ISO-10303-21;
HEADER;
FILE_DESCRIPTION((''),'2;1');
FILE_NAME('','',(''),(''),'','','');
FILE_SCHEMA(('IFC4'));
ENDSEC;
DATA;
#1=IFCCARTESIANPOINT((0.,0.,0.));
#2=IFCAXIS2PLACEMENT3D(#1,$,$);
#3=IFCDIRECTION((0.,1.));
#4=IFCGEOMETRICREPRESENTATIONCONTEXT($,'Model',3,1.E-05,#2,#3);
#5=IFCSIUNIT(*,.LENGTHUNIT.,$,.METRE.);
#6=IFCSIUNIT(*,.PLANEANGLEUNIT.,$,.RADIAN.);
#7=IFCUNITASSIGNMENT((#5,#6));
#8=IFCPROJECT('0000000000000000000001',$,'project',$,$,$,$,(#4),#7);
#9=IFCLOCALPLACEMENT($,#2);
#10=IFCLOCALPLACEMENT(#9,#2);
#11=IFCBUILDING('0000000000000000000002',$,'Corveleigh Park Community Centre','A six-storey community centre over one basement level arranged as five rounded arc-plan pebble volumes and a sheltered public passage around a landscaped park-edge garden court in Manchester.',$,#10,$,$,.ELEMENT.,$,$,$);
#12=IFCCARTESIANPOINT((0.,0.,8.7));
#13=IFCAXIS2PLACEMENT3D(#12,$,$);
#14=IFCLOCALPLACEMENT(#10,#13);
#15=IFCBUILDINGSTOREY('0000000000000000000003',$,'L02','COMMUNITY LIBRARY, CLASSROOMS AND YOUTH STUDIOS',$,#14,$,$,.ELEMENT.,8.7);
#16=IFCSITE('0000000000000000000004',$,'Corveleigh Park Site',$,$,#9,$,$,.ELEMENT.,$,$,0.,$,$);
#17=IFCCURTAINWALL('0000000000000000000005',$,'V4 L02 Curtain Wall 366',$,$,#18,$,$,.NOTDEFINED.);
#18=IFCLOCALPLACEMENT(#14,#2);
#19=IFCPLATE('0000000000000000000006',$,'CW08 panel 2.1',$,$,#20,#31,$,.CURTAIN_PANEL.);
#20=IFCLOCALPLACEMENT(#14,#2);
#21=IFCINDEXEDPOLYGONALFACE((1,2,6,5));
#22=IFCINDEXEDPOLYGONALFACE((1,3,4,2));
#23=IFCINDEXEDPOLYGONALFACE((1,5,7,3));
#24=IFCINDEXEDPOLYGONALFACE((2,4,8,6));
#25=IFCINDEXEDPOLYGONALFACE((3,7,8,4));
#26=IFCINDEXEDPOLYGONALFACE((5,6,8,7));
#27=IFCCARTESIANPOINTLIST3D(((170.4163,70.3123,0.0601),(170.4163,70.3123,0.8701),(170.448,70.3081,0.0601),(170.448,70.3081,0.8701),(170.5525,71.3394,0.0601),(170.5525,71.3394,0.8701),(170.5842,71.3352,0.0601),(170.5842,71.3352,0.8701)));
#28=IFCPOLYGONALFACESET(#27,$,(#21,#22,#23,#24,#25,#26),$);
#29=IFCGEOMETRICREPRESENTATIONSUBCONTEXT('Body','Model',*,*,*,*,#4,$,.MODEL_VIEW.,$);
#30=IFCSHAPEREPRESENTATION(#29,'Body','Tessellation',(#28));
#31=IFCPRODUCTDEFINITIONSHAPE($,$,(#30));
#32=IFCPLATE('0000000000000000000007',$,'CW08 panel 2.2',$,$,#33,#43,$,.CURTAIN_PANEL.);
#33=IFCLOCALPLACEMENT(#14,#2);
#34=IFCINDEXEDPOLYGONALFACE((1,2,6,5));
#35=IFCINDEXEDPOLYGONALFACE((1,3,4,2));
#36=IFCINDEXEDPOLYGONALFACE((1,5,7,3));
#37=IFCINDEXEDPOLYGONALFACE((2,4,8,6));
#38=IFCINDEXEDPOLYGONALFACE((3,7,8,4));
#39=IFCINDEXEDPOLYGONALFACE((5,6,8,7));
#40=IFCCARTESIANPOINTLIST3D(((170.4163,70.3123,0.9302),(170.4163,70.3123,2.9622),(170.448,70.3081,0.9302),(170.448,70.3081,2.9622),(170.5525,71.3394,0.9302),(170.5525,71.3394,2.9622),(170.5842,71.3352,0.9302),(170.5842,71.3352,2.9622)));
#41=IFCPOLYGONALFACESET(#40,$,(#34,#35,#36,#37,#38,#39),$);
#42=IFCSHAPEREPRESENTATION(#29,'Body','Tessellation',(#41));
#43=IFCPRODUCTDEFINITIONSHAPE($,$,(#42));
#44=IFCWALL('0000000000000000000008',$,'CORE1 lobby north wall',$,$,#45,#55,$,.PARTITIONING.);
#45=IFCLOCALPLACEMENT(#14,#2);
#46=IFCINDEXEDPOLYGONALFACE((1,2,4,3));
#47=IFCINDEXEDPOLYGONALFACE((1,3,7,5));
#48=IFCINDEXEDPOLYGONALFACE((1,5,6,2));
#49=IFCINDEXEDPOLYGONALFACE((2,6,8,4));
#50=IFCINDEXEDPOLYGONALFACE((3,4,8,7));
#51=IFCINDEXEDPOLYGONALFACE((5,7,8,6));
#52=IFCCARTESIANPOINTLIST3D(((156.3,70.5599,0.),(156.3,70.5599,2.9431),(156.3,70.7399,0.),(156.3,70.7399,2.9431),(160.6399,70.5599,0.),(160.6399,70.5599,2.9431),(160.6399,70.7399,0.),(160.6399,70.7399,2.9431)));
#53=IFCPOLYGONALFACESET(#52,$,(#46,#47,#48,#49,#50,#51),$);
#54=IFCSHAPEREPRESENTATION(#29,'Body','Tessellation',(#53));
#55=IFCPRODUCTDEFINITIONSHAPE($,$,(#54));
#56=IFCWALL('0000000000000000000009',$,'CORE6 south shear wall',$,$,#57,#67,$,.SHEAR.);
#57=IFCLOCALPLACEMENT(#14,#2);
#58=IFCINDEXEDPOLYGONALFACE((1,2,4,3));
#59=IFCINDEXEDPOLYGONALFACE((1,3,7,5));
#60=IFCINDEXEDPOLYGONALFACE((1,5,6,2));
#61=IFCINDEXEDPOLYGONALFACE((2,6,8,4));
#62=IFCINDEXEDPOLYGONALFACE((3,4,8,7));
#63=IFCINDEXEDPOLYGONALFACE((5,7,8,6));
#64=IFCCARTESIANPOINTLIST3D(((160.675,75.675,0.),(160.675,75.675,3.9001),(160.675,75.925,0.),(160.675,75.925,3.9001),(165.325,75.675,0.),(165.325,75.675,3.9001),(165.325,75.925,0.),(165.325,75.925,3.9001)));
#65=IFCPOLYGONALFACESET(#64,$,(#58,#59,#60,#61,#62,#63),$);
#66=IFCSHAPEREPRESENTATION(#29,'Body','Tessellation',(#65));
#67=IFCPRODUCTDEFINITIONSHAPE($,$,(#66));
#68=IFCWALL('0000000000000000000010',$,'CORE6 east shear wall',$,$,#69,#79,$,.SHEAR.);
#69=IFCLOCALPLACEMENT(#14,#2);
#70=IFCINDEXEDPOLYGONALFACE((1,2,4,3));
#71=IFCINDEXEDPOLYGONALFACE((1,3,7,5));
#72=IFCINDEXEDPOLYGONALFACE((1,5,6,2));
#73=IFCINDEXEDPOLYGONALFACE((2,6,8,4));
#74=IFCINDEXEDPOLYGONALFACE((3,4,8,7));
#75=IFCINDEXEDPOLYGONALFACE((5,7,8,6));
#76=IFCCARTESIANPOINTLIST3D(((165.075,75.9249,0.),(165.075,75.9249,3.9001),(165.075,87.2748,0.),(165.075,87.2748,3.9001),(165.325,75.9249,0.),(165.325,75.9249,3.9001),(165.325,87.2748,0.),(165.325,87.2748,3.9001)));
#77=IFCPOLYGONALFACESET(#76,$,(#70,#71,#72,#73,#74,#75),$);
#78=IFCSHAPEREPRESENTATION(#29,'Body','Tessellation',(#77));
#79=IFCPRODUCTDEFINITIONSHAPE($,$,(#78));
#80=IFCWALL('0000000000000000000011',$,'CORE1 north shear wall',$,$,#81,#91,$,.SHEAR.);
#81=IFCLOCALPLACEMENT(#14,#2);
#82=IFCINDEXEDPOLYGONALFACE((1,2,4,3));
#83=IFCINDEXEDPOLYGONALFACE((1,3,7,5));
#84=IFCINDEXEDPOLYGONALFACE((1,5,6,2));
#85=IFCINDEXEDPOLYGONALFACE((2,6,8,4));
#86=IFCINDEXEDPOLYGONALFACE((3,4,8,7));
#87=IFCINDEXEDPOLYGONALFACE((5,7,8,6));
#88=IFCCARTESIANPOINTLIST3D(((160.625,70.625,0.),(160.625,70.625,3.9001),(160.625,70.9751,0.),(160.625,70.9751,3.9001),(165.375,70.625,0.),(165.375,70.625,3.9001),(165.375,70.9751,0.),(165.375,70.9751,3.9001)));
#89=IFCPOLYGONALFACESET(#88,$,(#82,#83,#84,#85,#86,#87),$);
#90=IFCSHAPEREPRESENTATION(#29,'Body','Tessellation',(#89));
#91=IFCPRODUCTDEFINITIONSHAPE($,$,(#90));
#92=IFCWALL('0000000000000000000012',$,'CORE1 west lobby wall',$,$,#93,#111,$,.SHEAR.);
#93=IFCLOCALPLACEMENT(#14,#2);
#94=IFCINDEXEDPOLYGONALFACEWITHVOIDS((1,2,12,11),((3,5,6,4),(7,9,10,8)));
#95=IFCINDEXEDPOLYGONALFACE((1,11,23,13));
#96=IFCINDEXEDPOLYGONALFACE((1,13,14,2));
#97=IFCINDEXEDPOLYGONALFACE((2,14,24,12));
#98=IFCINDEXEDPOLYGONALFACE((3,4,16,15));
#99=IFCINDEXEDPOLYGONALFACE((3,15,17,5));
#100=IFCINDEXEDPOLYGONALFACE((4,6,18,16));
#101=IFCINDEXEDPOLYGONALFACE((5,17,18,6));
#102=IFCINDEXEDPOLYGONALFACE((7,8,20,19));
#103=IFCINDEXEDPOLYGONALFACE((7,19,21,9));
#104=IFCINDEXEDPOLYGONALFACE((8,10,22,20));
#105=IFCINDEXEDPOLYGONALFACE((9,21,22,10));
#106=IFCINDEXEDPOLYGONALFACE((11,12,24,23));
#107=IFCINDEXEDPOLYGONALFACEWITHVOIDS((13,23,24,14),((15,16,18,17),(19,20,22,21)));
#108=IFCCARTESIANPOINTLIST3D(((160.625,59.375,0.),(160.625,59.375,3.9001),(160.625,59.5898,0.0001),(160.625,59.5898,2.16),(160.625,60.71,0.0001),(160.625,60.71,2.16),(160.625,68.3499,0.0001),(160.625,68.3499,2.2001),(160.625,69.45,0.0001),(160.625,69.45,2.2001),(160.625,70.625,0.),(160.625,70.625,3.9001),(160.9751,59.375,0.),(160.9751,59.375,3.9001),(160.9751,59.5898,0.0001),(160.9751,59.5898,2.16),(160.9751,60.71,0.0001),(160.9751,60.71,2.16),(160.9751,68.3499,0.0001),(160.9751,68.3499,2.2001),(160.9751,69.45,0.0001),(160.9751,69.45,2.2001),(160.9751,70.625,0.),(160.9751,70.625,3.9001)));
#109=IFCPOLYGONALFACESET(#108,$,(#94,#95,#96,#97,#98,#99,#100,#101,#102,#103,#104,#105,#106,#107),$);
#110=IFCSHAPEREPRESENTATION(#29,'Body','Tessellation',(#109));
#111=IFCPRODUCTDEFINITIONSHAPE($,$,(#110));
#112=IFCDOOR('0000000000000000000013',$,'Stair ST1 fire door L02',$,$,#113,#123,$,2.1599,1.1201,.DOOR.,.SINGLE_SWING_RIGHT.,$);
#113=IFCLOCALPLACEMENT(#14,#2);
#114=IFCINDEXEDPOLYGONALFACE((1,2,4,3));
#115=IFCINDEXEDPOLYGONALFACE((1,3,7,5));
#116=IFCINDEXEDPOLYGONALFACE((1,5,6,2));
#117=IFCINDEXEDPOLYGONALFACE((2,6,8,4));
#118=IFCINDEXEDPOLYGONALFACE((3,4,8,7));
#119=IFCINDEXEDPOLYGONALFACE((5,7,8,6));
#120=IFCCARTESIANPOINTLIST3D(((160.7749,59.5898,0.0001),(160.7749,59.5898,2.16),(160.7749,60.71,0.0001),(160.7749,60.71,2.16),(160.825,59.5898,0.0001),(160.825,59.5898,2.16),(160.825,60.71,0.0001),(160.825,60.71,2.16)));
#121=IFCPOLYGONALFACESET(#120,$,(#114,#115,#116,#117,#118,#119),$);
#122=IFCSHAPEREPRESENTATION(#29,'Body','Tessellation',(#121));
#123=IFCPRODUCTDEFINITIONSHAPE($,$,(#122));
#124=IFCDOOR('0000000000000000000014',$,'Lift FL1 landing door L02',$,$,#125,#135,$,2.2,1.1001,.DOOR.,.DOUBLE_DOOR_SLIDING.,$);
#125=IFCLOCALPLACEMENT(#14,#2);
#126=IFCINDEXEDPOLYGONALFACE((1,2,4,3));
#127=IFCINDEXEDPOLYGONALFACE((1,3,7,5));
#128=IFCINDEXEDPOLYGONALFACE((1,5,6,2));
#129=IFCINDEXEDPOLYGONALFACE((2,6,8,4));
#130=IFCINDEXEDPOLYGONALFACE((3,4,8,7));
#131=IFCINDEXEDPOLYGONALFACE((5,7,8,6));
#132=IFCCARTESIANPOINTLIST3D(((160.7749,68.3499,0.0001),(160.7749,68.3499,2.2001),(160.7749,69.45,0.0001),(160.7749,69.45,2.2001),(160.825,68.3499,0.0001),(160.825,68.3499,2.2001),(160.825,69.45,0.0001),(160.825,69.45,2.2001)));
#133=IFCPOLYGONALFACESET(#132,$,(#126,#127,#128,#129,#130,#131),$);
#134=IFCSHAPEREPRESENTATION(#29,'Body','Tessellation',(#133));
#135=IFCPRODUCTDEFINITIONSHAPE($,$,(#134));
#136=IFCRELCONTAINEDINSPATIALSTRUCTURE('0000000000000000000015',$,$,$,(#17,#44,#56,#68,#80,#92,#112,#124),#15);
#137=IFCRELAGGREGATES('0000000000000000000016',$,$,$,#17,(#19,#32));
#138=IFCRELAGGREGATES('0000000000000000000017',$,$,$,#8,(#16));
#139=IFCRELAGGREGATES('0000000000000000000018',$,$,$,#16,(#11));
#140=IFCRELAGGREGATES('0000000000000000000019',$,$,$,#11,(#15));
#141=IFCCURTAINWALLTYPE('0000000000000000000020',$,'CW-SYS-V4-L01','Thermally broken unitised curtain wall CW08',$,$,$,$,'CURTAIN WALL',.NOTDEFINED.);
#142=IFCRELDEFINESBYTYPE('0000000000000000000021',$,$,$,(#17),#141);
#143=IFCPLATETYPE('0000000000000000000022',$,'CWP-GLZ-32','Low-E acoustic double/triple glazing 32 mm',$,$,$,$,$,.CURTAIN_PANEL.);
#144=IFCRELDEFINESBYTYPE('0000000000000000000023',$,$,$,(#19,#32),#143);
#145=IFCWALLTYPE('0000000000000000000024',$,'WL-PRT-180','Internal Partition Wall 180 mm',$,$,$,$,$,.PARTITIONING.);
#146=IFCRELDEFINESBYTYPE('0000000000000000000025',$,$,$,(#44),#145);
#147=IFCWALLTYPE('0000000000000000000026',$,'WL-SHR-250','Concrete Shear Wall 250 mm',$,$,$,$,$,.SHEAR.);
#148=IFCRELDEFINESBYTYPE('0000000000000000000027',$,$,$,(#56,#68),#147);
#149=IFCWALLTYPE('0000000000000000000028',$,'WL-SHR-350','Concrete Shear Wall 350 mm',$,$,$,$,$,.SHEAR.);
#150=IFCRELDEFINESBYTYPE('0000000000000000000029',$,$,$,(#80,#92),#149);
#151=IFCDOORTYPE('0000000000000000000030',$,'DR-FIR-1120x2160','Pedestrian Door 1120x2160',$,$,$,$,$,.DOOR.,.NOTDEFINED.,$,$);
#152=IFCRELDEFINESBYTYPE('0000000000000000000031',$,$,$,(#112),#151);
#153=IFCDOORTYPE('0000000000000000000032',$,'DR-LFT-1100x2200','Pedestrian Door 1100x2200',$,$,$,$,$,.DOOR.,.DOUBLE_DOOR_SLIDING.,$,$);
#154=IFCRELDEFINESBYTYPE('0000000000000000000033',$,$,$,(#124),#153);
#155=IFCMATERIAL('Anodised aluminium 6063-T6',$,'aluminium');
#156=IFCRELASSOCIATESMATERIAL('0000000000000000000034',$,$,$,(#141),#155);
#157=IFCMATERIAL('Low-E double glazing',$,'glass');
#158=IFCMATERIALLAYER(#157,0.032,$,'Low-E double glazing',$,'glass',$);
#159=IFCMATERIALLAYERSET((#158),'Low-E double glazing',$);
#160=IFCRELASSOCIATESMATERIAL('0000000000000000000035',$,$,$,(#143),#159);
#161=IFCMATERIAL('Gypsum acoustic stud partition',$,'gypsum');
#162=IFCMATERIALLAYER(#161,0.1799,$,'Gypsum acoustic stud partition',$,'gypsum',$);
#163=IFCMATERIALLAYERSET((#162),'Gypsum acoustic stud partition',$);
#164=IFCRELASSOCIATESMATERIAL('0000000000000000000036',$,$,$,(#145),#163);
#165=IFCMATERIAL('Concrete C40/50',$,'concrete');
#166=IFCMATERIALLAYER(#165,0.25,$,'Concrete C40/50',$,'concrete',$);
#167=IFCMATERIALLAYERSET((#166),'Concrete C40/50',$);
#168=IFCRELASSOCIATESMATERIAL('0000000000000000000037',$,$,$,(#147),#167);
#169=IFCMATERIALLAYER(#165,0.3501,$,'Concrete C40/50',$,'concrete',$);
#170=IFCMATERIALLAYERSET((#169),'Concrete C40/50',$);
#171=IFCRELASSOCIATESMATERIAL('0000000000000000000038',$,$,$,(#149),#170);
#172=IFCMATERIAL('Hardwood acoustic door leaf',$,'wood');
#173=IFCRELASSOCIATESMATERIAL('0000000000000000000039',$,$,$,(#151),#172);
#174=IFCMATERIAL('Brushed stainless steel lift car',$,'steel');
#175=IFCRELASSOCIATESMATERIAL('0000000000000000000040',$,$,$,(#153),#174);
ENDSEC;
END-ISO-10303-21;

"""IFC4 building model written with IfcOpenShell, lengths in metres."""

from ifc_helpers import new_model, si_unit, direction, frame, frame_2d, origin, origin_2d, place, context, subcontext, project, spatial, rectangle, extrude, material, layer, layer_set, type_object, element, fill, aggregate, save


model = new_model("IFC4")

# Units and contexts
model_context = context("Model", 3, precision=1e-05, world=origin(), true_north=direction((0.0, 1.0)))
body_context = subcontext(model_context, "Body", "Model", "MODEL_VIEW")
ifc_project = project(units=[si_unit("LENGTHUNIT", "METRE"), si_unit("PLANEANGLEUNIT", "RADIAN")], contexts=[model_context])

# Site, building, storey
site_placement = place(None, origin())
site = spatial("IfcSite", under=ifc_project, at=site_placement, Name="Corveleigh Park Site", CompositionType="ELEMENT", RefElevation=0.0)
building_placement = place(site_placement, origin())
building = spatial("IfcBuilding", under=site, at=building_placement, Name="Corveleigh Park Community Centre", Description="A six-storey community centre over one basement level arranged as five rounded arc-plan pebble volumes and a sheltered public passage around a landscaped park-edge garden court in Manchester.", CompositionType="ELEMENT")
storey_placement = place(building_placement, frame((0.0, 0.0, 8.7)))
storey = spatial("IfcBuildingStorey", under=building, at=storey_placement, Name="L02", Description="COMMUNITY LIBRARY, CLASSROOMS AND YOUTH STUDIOS", CompositionType="ELEMENT", Elevation=8.7)

# Shared definitions
ifc_material_1 = material(Name="Concrete C40/50", Category="concrete")

# Shared definitions
ifc_material_2 = material(Name="Anodised aluminium 6063-T6", Category="aluminium")
curtain_wall_type = type_object("IfcCurtainWallType", Name="CW-SYS-V4-L01", Description="Thermally broken unitised curtain wall CW08", ElementType="CURTAIN WALL", PredefinedType="NOTDEFINED", material=ifc_material_2)

# Curtain wall
curtain_wall_1_placement = place(storey_placement, origin())
curtain_wall_1 = element("IfcCurtainWall", 1, at=curtain_wall_1_placement, inside=storey, type_object=curtain_wall_type, Name="V4 L02 Curtain Wall 366", PredefinedType="NOTDEFINED")

# Plates
ifc_material_3 = material(Name="Low-E double glazing", Category="glass")
ifc_layer_1 = layer(ifc_material_3, 0.032, Name="Low-E double glazing", Category="glass")
ifc_layer_set_1 = layer_set([ifc_layer_1], Name="Low-E double glazing")
plate_type = type_object("IfcPlateType", Name="CWP-GLZ-32", Description="Low-E acoustic double/triple glazing 32 mm", PredefinedType="CURTAIN_PANEL", material=ifc_layer_set_1)
plate_1_placement = place(storey_placement, frame((170.5002, 70.8237, 0.0601), z_axis=(0.0, 0.0, 1.0), x_axis=(-0.131488, -0.991318, 0.0)))
plate_1 = element("IfcPlate", 2, at=plate_1_placement, type_object=plate_type, Name="CW08 panel 2.1", PredefinedType="CURTAIN_PANEL", context=body_context, shape_type="SweptSolid", body=[
    extrude(rectangle(XDim=1.0361, YDim=0.032, at=origin_2d()), origin(), (0.0, 0.0, 1.0), 0.8101),
])
plate_2_placement = place(storey_placement, frame((170.5002, 70.8237, 0.9302), z_axis=(0.0, 0.0, 1.0), x_axis=(-0.131488, -0.991318, 0.0)))
plate_2 = element("IfcPlate", 3, at=plate_2_placement, type_object=plate_type, Name="CW08 panel 2.2", PredefinedType="CURTAIN_PANEL", context=body_context, shape_type="SweptSolid", body=[
    extrude(rectangle(XDim=1.0361, YDim=0.032, at=origin_2d()), origin(), (0.0, 0.0, 1.0), 2.032),
])
aggregate(curtain_wall_1, [plate_1, plate_2])

# Walls
ifc_material_4 = material(Name="Gypsum acoustic stud partition", Category="gypsum")
ifc_layer_2 = layer(ifc_material_4, 0.1799, Name="Gypsum acoustic stud partition", Category="gypsum")
ifc_layer_set_2 = layer_set([ifc_layer_2], Name="Gypsum acoustic stud partition")
wall_type_1 = type_object("IfcWallType", Name="WL-PRT-180", Description="Internal Partition Wall 180 mm", PredefinedType="PARTITIONING", material=ifc_layer_set_2)
wall_1_placement = place(storey_placement, frame((160.6399, 70.6499, 0.0), z_axis=(0.0, 0.0, 1.0), x_axis=(-1.0, 0.0, 0.0)))
element("IfcWall", 4, at=wall_1_placement, inside=storey, type_object=wall_type_1, Name="CORE1 lobby north wall", PredefinedType="PARTITIONING", context=body_context, shape_type="SweptSolid", body=[
    extrude(rectangle(XDim=4.3398, YDim=0.1799, at=frame_2d((2.1699, 0.0))), origin(), (0.0, 0.0, 1.0), 2.9431),
])
ifc_layer_3 = layer(ifc_material_1, 0.25, Name="Concrete C40/50", Category="concrete")
ifc_layer_set_3 = layer_set([ifc_layer_3], Name="Concrete C40/50")
wall_type_2 = type_object("IfcWallType", Name="WL-SHR-250", Description="Concrete Shear Wall 250 mm", PredefinedType="SHEAR", material=ifc_layer_set_3)
wall_2_placement = place(storey_placement, frame((160.675, 75.8, 0.0), z_axis=(0.0, 0.0, 1.0), x_axis=(1.0, 0.0, 0.0)))
element("IfcWall", 5, at=wall_2_placement, inside=storey, type_object=wall_type_2, Name="CORE6 south shear wall", PredefinedType="SHEAR", context=body_context, shape_type="SweptSolid", body=[
    extrude(rectangle(XDim=4.6499, YDim=0.25, at=frame_2d((2.325, 0.0))), origin(), (0.0, 0.0, 1.0), 3.9001),
])
wall_3_placement = place(storey_placement, frame((165.2, 75.925, 0.0), z_axis=(0.0, 0.0, 1.0), x_axis=(0.0, 1.0, 0.0)))
element("IfcWall", 6, at=wall_3_placement, inside=storey, type_object=wall_type_2, Name="CORE6 east shear wall", PredefinedType="SHEAR", context=body_context, shape_type="SweptSolid", body=[
    extrude(rectangle(XDim=11.3499, YDim=0.25, at=frame_2d((5.6748, 0.0))), origin(), (0.0, 0.0, 1.0), 3.9001),
])
ifc_layer_4 = layer(ifc_material_1, 0.3501, Name="Concrete C40/50", Category="concrete")
ifc_layer_set_4 = layer_set([ifc_layer_4], Name="Concrete C40/50")
wall_type_3 = type_object("IfcWallType", Name="WL-SHR-350", Description="Concrete Shear Wall 350 mm", PredefinedType="SHEAR", material=ifc_layer_set_4)
wall_4_placement = place(storey_placement, frame((165.375, 70.8, 0.0), z_axis=(0.0, 0.0, 1.0), x_axis=(-1.0, 0.0, 0.0)))
element("IfcWall", 7, at=wall_4_placement, inside=storey, type_object=wall_type_3, Name="CORE1 north shear wall", PredefinedType="SHEAR", context=body_context, shape_type="SweptSolid", body=[
    extrude(rectangle(XDim=4.75, YDim=0.3501, at=frame_2d((2.375, 0.0))), origin(), (0.0, 0.0, 1.0), 3.9001),
])

# Wall, openings, doors
wall_5_placement = place(storey_placement, frame((160.8, 70.625, 0.0), z_axis=(0.0, 0.0, 1.0), x_axis=(0.0, -1.0, 0.0)))
wall_5 = element("IfcWall", 8, at=wall_5_placement, inside=storey, type_object=wall_type_3, Name="CORE1 west lobby wall", PredefinedType="SHEAR", context=body_context, shape_type="SweptSolid", body=[
    extrude(rectangle(XDim=11.25, YDim=0.3501, at=frame_2d((5.625, 0.0))), origin(), (0.0, 0.0, 1.0), 3.9001),
])
opening_1_placement = place(wall_5_placement, frame((1.175, 0.0, 0.0)))
opening_1 = element("IfcOpeningElement", 9, at=opening_1_placement, cuts=wall_5, PredefinedType="OPENING", context=body_context, shape_type="SweptSolid", body=[
    extrude(rectangle(XDim=1.1001, YDim=2.2, at=frame_2d((0.55, 1.1001))), frame((0.0, 0.1851, 0.0), z_axis=(0.0, -1.0, 0.0), x_axis=(1.0, 0.0, 0.0)), (0.0, 0.0, 1.0), 0.3701),
])
opening_2_placement = place(wall_5_placement, frame((9.915, 0.0, 0.0)))
opening_2 = element("IfcOpeningElement", 10, at=opening_2_placement, cuts=wall_5, PredefinedType="OPENING", context=body_context, shape_type="SweptSolid", body=[
    extrude(rectangle(XDim=1.1201, YDim=2.1599, at=frame_2d((0.5601, 1.0801))), frame((0.0, 0.1851, 0.0), z_axis=(0.0, -1.0, 0.0), x_axis=(1.0, 0.0, 0.0)), (0.0, 0.0, 1.0), 0.3701),
])
ifc_material_5 = material(Name="Hardwood acoustic door leaf", Category="wood")
door_type_1 = type_object("IfcDoorType", Name="DR-FIR-1120x2160", Description="Pedestrian Door 1120x2160", OperationType="NOTDEFINED", PredefinedType="DOOR", material=ifc_material_5)
door_1_placement = place(opening_2_placement, origin())
door_1 = element("IfcDoor", 11, at=door_1_placement, inside=storey, type_object=door_type_1, Name="Stair ST1 fire door L02", OperationType="SINGLE_SWING_RIGHT", OverallHeight=2.1599, OverallWidth=1.1201, PredefinedType="DOOR", context=body_context, shape_type="SweptSolid", body=[
    extrude(rectangle(XDim=1.1201, YDim=2.1599, at=frame_2d((0.5601, 1.0801))), frame((0.0, 0.0249, 0.0), z_axis=(0.0, -1.0, 0.0), x_axis=(1.0, 0.0, 0.0)), (0.0, 0.0, 1.0), 0.05),
])
fill(opening_2, door_1)
ifc_material_6 = material(Name="Brushed stainless steel lift car", Category="steel")
door_type_2 = type_object("IfcDoorType", Name="DR-LFT-1100x2200", Description="Pedestrian Door 1100x2200", OperationType="DOUBLE_DOOR_SLIDING", PredefinedType="DOOR", material=ifc_material_6)
door_2_placement = place(opening_1_placement, origin())
door_2 = element("IfcDoor", 12, at=door_2_placement, inside=storey, type_object=door_type_2, Name="Lift FL1 landing door L02", OperationType="DOUBLE_DOOR_SLIDING", OverallHeight=2.2, OverallWidth=1.1001, PredefinedType="DOOR", context=body_context, shape_type="SweptSolid", body=[
    extrude(rectangle(XDim=1.1001, YDim=2.2, at=frame_2d((0.55, 1.1001))), frame((0.0, 0.0249, 0.0), z_axis=(0.0, -1.0, 0.0), x_axis=(1.0, 0.0, 0.0)), (0.0, 0.0, 1.0), 0.05),
])
fill(opening_1, door_2)

save(model, "model.ifc")
